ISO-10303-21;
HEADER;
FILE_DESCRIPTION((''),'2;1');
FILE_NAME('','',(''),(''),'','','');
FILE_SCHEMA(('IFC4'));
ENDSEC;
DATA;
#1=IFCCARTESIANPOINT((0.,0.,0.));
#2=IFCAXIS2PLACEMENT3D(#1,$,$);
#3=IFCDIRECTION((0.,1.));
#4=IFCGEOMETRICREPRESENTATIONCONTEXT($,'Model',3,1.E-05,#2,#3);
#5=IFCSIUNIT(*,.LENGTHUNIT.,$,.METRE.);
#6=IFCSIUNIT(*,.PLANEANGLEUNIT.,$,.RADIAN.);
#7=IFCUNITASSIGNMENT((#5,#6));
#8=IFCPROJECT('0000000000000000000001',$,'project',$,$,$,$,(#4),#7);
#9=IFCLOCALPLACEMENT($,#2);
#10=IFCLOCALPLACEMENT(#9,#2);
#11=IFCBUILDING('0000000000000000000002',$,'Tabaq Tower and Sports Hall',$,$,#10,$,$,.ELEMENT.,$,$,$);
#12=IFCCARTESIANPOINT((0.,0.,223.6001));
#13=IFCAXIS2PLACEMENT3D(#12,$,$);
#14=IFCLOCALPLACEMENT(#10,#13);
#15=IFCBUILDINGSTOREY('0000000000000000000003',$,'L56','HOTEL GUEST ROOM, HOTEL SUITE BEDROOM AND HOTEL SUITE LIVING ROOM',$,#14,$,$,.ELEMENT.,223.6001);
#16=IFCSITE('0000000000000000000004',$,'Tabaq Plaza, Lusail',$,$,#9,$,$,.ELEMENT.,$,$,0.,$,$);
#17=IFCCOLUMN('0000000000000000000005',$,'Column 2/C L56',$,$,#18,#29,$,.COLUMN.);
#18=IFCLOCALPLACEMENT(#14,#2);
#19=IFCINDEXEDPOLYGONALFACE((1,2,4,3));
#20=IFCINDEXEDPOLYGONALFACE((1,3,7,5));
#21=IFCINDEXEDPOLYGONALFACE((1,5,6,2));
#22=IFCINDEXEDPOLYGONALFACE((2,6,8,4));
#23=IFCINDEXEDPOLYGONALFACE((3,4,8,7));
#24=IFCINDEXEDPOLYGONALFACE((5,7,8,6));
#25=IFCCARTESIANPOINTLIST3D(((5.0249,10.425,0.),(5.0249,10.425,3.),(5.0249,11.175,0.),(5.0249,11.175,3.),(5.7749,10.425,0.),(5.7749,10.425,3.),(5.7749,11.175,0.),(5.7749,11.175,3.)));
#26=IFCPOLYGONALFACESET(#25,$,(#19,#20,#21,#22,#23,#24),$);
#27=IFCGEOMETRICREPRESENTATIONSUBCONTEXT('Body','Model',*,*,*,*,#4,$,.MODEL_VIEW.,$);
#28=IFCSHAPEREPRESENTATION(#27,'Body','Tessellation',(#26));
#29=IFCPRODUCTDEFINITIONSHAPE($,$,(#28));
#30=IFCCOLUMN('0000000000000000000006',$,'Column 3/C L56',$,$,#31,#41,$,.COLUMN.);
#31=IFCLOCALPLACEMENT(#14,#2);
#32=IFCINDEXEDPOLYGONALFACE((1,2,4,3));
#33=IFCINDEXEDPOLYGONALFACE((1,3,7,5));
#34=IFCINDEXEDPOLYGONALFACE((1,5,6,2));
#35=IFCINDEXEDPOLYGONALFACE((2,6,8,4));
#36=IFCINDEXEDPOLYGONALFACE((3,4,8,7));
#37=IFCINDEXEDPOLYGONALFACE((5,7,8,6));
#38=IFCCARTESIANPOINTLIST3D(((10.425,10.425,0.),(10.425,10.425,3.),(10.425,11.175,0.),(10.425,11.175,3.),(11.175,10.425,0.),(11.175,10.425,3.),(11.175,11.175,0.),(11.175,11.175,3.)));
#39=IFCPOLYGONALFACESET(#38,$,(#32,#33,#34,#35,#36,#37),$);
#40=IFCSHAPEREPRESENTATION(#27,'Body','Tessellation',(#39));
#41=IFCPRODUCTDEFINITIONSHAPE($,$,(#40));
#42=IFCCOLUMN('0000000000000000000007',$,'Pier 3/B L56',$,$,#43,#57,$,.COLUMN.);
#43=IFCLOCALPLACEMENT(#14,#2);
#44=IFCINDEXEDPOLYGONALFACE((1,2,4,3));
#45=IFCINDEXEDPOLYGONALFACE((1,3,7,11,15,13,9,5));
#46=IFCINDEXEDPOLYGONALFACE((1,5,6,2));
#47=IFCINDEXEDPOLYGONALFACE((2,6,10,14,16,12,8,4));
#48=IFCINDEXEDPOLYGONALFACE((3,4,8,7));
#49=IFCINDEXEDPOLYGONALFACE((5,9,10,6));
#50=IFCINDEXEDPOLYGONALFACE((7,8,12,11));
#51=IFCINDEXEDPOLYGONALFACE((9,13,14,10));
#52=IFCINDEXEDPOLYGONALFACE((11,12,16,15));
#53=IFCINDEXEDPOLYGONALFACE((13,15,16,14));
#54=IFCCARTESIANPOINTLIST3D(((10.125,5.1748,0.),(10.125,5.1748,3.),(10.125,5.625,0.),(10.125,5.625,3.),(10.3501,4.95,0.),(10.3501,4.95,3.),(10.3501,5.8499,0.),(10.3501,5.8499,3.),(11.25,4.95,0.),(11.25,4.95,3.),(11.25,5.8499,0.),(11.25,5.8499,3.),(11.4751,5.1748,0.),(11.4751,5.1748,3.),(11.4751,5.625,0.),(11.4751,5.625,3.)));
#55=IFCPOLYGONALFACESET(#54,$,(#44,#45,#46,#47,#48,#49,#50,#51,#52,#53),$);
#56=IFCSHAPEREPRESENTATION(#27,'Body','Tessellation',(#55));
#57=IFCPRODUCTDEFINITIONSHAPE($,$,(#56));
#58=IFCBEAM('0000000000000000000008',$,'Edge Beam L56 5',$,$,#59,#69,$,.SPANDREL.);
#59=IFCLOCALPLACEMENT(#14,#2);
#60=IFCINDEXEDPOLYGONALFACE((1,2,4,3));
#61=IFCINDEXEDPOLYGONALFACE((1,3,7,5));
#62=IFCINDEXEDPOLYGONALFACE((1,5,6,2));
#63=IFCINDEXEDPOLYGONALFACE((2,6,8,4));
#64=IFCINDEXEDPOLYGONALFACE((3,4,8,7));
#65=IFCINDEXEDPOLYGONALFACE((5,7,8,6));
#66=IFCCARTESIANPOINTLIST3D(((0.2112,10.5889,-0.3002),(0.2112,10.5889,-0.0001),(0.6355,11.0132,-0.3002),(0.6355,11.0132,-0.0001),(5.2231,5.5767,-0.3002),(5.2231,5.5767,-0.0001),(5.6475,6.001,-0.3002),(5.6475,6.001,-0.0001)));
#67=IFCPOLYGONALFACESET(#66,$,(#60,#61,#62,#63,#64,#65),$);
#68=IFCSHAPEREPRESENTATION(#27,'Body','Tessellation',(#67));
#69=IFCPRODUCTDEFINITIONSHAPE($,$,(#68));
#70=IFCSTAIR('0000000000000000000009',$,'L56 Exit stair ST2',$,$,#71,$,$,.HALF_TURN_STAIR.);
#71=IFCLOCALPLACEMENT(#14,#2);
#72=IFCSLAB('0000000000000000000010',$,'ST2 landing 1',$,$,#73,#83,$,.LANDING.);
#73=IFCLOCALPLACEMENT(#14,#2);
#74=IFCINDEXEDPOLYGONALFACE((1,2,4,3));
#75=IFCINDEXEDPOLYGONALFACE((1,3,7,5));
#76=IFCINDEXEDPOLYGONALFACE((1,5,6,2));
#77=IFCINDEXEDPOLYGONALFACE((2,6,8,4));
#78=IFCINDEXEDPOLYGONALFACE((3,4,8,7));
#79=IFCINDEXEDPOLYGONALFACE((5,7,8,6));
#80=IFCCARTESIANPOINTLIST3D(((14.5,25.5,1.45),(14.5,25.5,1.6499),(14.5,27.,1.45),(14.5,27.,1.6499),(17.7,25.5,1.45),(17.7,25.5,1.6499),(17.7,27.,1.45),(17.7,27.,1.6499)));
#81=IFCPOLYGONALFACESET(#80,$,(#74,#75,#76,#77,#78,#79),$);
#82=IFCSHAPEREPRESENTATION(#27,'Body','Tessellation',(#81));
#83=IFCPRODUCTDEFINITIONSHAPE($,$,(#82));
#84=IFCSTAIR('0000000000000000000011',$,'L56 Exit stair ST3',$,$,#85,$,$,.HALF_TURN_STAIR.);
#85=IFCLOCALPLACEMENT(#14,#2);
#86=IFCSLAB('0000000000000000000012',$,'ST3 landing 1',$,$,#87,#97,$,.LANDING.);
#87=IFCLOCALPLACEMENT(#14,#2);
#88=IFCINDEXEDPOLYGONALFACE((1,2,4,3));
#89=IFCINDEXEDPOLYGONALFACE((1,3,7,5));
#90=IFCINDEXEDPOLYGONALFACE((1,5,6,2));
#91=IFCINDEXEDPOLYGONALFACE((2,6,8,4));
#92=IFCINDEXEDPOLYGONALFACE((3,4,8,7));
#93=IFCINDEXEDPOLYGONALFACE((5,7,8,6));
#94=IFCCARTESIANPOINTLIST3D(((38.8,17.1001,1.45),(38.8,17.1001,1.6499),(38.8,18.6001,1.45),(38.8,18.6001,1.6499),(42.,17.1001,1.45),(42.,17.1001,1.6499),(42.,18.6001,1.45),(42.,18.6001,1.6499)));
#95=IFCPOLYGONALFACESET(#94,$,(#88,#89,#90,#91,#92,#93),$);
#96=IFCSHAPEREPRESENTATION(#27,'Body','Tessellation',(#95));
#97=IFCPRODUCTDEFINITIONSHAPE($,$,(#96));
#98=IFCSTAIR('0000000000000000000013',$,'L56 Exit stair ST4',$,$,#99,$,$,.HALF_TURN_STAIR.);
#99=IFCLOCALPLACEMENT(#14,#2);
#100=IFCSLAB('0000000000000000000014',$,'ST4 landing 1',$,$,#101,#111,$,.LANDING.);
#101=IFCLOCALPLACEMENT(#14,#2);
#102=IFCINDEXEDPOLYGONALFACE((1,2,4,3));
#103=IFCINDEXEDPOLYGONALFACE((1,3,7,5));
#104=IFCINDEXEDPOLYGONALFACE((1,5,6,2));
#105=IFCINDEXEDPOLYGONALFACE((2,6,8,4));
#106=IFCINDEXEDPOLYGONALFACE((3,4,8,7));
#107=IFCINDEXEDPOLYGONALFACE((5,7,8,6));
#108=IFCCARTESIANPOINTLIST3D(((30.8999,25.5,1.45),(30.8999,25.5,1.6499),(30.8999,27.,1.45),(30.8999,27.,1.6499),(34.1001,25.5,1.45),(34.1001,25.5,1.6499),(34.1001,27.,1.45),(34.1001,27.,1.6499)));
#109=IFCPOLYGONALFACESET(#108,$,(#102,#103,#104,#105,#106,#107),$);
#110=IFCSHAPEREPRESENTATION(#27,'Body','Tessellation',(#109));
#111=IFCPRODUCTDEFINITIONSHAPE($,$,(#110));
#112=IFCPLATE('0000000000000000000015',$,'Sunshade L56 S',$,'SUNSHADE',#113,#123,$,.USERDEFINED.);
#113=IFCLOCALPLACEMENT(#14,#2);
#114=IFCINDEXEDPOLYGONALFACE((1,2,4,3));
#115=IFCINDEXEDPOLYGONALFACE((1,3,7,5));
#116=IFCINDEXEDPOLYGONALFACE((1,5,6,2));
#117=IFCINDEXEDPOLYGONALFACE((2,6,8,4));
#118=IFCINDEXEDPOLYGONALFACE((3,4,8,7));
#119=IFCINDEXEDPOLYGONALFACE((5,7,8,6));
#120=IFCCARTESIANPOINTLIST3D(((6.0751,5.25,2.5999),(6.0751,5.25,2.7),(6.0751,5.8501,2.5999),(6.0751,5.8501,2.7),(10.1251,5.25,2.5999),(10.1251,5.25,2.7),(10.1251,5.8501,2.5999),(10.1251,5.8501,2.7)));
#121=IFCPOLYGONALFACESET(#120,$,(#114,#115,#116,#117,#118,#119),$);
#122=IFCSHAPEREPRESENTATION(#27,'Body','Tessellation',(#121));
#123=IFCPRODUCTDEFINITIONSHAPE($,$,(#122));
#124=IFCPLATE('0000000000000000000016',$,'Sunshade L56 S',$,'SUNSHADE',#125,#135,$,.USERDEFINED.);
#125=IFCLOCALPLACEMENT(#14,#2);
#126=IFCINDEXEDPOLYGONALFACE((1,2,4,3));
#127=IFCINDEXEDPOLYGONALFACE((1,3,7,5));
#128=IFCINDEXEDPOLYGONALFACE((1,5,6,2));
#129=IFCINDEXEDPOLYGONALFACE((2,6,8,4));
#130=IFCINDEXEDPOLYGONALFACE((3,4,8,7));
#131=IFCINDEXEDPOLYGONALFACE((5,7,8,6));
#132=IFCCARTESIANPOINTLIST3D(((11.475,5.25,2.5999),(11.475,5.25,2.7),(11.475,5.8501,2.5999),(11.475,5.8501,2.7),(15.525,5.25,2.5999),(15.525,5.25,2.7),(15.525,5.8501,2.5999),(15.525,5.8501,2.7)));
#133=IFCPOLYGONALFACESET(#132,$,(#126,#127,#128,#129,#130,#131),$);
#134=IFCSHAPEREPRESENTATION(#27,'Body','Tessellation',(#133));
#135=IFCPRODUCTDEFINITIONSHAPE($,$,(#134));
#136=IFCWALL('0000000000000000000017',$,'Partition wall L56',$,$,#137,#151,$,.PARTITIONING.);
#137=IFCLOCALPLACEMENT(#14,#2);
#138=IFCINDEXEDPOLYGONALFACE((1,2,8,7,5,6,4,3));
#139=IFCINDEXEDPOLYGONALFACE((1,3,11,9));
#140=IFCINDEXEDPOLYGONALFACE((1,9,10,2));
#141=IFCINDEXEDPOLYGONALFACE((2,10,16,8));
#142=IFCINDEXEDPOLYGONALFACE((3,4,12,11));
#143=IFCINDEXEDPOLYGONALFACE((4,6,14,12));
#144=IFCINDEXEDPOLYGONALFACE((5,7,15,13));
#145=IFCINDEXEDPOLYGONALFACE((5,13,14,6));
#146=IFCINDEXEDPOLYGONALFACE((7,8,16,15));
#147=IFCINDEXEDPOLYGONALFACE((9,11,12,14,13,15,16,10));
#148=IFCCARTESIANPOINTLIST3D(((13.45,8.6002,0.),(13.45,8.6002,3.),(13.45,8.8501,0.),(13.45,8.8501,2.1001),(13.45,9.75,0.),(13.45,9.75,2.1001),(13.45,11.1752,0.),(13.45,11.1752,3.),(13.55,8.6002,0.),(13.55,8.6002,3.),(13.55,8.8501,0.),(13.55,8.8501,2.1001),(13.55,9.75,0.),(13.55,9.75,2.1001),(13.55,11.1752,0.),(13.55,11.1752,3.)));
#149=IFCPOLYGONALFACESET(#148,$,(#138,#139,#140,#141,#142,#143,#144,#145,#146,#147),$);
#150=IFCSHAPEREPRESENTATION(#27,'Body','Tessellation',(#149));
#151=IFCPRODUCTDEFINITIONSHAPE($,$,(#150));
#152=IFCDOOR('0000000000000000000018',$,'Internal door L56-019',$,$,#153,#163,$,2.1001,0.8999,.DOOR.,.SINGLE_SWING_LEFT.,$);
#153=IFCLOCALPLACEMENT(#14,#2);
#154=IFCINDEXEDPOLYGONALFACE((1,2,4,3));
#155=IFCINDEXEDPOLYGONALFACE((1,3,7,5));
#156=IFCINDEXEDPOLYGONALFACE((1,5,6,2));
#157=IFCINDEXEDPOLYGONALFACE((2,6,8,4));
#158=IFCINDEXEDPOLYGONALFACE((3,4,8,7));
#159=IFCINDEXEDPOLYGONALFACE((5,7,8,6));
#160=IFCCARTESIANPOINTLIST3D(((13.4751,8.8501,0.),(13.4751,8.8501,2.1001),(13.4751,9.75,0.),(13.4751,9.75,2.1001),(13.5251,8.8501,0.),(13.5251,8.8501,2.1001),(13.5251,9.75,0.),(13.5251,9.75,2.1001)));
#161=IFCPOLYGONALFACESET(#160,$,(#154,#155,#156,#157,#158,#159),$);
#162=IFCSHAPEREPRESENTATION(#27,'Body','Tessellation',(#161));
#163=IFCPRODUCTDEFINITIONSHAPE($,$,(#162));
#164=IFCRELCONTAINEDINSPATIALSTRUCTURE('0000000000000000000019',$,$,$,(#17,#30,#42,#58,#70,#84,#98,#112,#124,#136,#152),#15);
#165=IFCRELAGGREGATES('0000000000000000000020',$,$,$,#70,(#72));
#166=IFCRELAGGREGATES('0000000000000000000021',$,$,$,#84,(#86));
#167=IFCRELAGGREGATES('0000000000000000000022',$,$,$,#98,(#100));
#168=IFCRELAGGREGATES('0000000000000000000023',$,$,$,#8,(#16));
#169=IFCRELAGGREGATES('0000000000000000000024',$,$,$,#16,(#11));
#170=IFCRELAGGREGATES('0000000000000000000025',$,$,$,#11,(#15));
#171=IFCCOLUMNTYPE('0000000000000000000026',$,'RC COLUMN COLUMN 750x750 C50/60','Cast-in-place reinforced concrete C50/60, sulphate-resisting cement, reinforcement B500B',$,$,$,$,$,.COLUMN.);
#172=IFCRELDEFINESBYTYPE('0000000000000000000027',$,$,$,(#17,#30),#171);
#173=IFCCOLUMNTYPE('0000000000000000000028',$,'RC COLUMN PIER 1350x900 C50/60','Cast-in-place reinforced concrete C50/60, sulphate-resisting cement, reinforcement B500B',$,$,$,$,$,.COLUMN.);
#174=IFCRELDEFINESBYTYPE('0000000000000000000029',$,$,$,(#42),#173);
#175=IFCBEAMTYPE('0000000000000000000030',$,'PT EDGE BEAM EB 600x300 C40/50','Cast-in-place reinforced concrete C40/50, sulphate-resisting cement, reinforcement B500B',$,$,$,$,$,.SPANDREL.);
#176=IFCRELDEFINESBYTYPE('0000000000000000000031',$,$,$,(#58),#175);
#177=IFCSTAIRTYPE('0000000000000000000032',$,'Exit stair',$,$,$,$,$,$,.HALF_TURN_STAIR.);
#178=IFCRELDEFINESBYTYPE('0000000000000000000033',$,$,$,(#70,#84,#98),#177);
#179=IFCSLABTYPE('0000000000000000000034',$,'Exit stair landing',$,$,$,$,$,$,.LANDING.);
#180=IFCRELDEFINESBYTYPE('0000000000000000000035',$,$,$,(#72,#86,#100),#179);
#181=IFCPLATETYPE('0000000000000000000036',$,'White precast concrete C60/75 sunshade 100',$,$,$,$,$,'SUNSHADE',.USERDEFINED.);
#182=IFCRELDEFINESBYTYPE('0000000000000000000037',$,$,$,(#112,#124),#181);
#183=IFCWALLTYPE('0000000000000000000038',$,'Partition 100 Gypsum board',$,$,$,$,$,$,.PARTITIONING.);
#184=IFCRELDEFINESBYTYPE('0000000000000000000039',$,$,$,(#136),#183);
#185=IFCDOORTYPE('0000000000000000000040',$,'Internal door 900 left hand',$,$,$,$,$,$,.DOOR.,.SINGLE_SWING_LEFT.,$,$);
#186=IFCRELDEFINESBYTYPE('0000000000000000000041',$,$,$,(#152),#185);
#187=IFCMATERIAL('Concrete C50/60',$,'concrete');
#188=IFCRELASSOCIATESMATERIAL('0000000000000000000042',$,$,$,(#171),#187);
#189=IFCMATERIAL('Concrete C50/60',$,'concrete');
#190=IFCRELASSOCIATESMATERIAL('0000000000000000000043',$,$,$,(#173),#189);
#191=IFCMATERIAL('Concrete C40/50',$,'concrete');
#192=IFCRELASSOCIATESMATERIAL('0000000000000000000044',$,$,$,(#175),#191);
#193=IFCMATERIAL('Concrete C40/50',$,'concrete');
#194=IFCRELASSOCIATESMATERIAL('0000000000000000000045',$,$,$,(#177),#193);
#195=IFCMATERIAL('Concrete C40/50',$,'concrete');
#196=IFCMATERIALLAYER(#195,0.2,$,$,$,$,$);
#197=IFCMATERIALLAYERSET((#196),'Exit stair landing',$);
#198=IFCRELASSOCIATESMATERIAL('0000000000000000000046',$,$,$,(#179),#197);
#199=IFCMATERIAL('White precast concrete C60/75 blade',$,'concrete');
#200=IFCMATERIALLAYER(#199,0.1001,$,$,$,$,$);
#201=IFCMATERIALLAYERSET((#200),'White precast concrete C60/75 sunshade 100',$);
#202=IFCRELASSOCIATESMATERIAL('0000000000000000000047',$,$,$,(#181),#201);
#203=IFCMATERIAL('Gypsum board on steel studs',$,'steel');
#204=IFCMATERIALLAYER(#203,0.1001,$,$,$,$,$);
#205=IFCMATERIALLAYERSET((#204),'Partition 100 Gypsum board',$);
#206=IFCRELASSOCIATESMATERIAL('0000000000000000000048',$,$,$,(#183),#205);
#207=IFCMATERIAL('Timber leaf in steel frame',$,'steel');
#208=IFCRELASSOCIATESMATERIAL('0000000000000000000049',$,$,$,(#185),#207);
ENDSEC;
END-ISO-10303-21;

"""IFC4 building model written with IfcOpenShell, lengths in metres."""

from ifc_helpers import new_model, si_unit, direction, frame, frame_2d, origin, origin_2d, place, context, subcontext, project, spatial, polyline, rectangle, outline, extrude, material, layer, layer_set, material_profile, profile_set, type_object, element, fill, aggregate, save


model = new_model("IFC4")

# Units and contexts
model_context = context("Model", 3, precision=1e-05, world=origin(), true_north=direction((0.0, 1.0)))
body_context = subcontext(model_context, "Body", "Model", "MODEL_VIEW")
ifc_project = project(units=[si_unit("LENGTHUNIT", "METRE"), si_unit("PLANEANGLEUNIT", "RADIAN")], contexts=[model_context])

# Site, building, storey
site_placement = place(None, origin())
site = spatial("IfcSite", under=ifc_project, at=site_placement, Name="Tabaq Plaza, Lusail", CompositionType="ELEMENT", RefElevation=0.0)
building_placement = place(site_placement, origin())
building = spatial("IfcBuilding", under=site, at=building_placement, Name="Tabaq Tower and Sports Hall", CompositionType="ELEMENT")
storey_placement = place(building_placement, frame((0.0, 0.0, 223.6001)))
storey = spatial("IfcBuildingStorey", under=building, at=storey_placement, Name="L56", Description="HOTEL GUEST ROOM, HOTEL SUITE BEDROOM AND HOTEL SUITE LIVING ROOM", CompositionType="ELEMENT", Elevation=223.6001)

# Columns
ifc_material_1 = material(Name="Concrete C50/60", Category="concrete")
ifc_material_profile_1 = material_profile(ifc_material_1, rectangle(XDim=0.75, YDim=0.75, at=origin_2d()), Name="COLUMN 750x750")
ifc_profile_set_1 = profile_set([ifc_material_profile_1], Name="Concrete C50/60")
column_type_1 = type_object("IfcColumnType", Name="RC COLUMN COLUMN 750x750 C50/60", Description="Cast-in-place reinforced concrete C50/60, sulphate-resisting cement, reinforcement B500B", PredefinedType="COLUMN", material=ifc_profile_set_1)
for number, where, z_axis, x_axis, name in (
    (1, (5.3999, 10.8, 0.0), (0.0, 0.0, 1.0), (1.0, 0.0, 0.0), "Column 2/C L56"),
    (2, (10.8, 10.8, 0.0), (0.0, 0.0, 1.0), (1.0, 0.0, 0.0), "Column 3/C L56"),
):
    element("IfcColumn", number, at=place(storey_placement, frame(where, z_axis=z_axis, x_axis=x_axis)), inside=storey, type_object=column_type_1, Name=name, PredefinedType="COLUMN", context=body_context, shape_type="SweptSolid", body=[
        extrude(rectangle(XDim=0.75, YDim=0.75, at=origin_2d()), origin(), (0.0, 0.0, 1.0), 3.0),
    ])
ifc_material_2 = material(Name="Concrete C50/60", Category="concrete")
ifc_material_profile_2 = material_profile(ifc_material_2, outline(polyline([(-0.45, -0.45), (0.45, -0.45), (0.675, -0.2251), (0.675, 0.2251), (0.45, 0.45), (-0.45, 0.45), (-0.675, 0.2251), (-0.675, -0.2251), (-0.45, -0.45)])), Name="PIER 1350x900")
ifc_profile_set_2 = profile_set([ifc_material_profile_2], Name="Concrete C50/60")
column_type_2 = type_object("IfcColumnType", Name="RC COLUMN PIER 1350x900 C50/60", Description="Cast-in-place reinforced concrete C50/60, sulphate-resisting cement, reinforcement B500B", PredefinedType="COLUMN", material=ifc_profile_set_2)
column_placement = place(storey_placement, frame((10.8, 5.3999, 0.0), z_axis=(0.0, 0.0, 1.0), x_axis=(1.0, 0.0, 0.0)))
element("IfcColumn", 3, at=column_placement, inside=storey, type_object=column_type_2, Name="Pier 3/B L56", PredefinedType="COLUMN", context=body_context, shape_type="SweptSolid", body=[
    extrude(outline(polyline([(-0.45, -0.45), (0.45, -0.45), (0.675, -0.2251), (0.675, 0.2251), (0.45, 0.45), (-0.45, 0.45), (-0.675, 0.2251), (-0.675, -0.2251), (-0.45, -0.45)])), origin(), (0.0, 0.0, 1.0), 3.0),
])

# Beam
ifc_material_3 = material(Name="Concrete C40/50", Category="concrete")
ifc_material_profile_3 = material_profile(ifc_material_3, rectangle(XDim=0.6001, YDim=0.3, at=origin_2d()), Name="EB 600x300")
ifc_profile_set_3 = profile_set([ifc_material_profile_3], Name="Concrete C40/50")
beam_type = type_object("IfcBeamType", Name="PT EDGE BEAM EB 600x300 C40/50", Description="Cast-in-place reinforced concrete C40/50, sulphate-resisting cement, reinforcement B500B", PredefinedType="SPANDREL", material=ifc_profile_set_3)
beam_placement = place(storey_placement, frame((0.4233, 10.801, -0.1501), z_axis=(0.70709, -0.707124, 0.0), x_axis=(0.707124, 0.70709, 0.0)))
element("IfcBeam", 4, at=beam_placement, inside=storey, type_object=beam_type, Name="Edge Beam L56 5", PredefinedType="SPANDREL", context=body_context, shape_type="SweptSolid", body=[
    extrude(rectangle(XDim=0.6001, YDim=0.3, at=origin_2d()), origin(), (0.0, 0.0, 1.0), 7.0881),
])

# Stairs, slabs
ifc_material_4 = material(Name="Concrete C40/50", Category="concrete")
stair_type = type_object("IfcStairType", Name="Exit stair", PredefinedType="HALF_TURN_STAIR", material=ifc_material_4)
stair_1_placement = place(storey_placement, origin())
stair_1 = element("IfcStair", 5, at=stair_1_placement, inside=storey, type_object=stair_type, Name="L56 Exit stair ST2", PredefinedType="HALF_TURN_STAIR")
ifc_material_5 = material(Name="Concrete C40/50", Category="concrete")
ifc_layer_1 = layer(ifc_material_5, 0.2)
ifc_layer_set_1 = layer_set([ifc_layer_1], Name="Exit stair landing")
slab_type = type_object("IfcSlabType", Name="Exit stair landing", PredefinedType="LANDING", material=ifc_layer_set_1)
slab_1_placement = place(storey_placement, frame((0.0, 0.0, 1.45)))
slab_1 = element("IfcSlab", 6, at=slab_1_placement, type_object=slab_type, Name="ST2 landing 1", PredefinedType="LANDING", context=body_context, shape_type="SweptSolid", body=[
    extrude(outline(polyline([(14.5, 27.0), (14.5, 25.5), (17.7, 25.5), (17.7, 27.0), (14.5, 27.0)])), origin(), (0.0, 0.0, 1.0), 0.2),
])
aggregate(stair_1, [slab_1])
stair_2_placement = place(storey_placement, origin())
stair_2 = element("IfcStair", 7, at=stair_2_placement, inside=storey, type_object=stair_type, Name="L56 Exit stair ST3", PredefinedType="HALF_TURN_STAIR")
slab_2_placement = place(storey_placement, frame((0.0, 0.0, 1.45)))
slab_2 = element("IfcSlab", 8, at=slab_2_placement, type_object=slab_type, Name="ST3 landing 1", PredefinedType="LANDING", context=body_context, shape_type="SweptSolid", body=[
    extrude(outline(polyline([(38.8, 18.6001), (38.8, 17.1001), (42.0, 17.1001), (42.0, 18.6001), (38.8, 18.6001)])), origin(), (0.0, 0.0, 1.0), 0.2),
])
aggregate(stair_2, [slab_2])
stair_3_placement = place(storey_placement, origin())
stair_3 = element("IfcStair", 9, at=stair_3_placement, inside=storey, type_object=stair_type, Name="L56 Exit stair ST4", PredefinedType="HALF_TURN_STAIR")
slab_3_placement = place(storey_placement, frame((0.0, 0.0, 1.45)))
slab_3 = element("IfcSlab", 10, at=slab_3_placement, type_object=slab_type, Name="ST4 landing 1", PredefinedType="LANDING", context=body_context, shape_type="SweptSolid", body=[
    extrude(outline(polyline([(30.8999, 27.0), (30.8999, 25.5), (34.1001, 25.5), (34.1001, 27.0), (30.8999, 27.0)])), origin(), (0.0, 0.0, 1.0), 0.2),
])
aggregate(stair_3, [slab_3])

# Plates
ifc_material_6 = material(Name="White precast concrete C60/75 blade", Category="concrete")
ifc_layer_2 = layer(ifc_material_6, 0.1001)
ifc_layer_set_2 = layer_set([ifc_layer_2], Name="White precast concrete C60/75 sunshade 100")
plate_type = type_object("IfcPlateType", Name="White precast concrete C60/75 sunshade 100", ElementType="SUNSHADE", PredefinedType="USERDEFINED", material=ifc_layer_set_2)
for number, where, z_axis, x_axis, name in (
    (11, (8.1001, 5.55, 2.5999), (0.0, 0.0, 1.0), (1.0, 0.0, 0.0), "Sunshade L56 S"),
    (12, (13.5, 5.55, 2.5999), (0.0, 0.0, 1.0), (1.0, 0.0, 0.0), "Sunshade L56 S"),
):
    element("IfcPlate", number, at=place(storey_placement, frame(where, z_axis=z_axis, x_axis=x_axis)), inside=storey, type_object=plate_type, Name=name, ObjectType="SUNSHADE", PredefinedType="USERDEFINED", context=body_context, shape_type="SweptSolid", body=[
        extrude(rectangle(XDim=4.05, YDim=0.6001, at=origin_2d()), origin(), (0.0, 0.0, 1.0), 0.1001),
    ])

# Wall, opening, door
ifc_material_7 = material(Name="Gypsum board on steel studs", Category="steel")
ifc_layer_3 = layer(ifc_material_7, 0.1001)
ifc_layer_set_3 = layer_set([ifc_layer_3], Name="Partition 100 Gypsum board")
wall_type_1 = type_object("IfcWallType", Name="Partition 100 Gypsum board", PredefinedType="PARTITIONING", material=ifc_layer_set_3)
wall_1_placement = place(storey_placement, frame((13.5, 8.6001, 0.0), z_axis=(0.0, 0.0, 1.0), x_axis=(0.0, 1.0, 0.0)))
wall_1 = element("IfcWall", 13, at=wall_1_placement, inside=storey, type_object=wall_type_1, Name="Partition wall L56", PredefinedType="PARTITIONING", context=body_context, shape_type="SweptSolid", body=[
    extrude(rectangle(XDim=2.575, YDim=0.1001, at=frame_2d((1.2876, 0.0))), origin(), (0.0, 0.0, 1.0), 3.0),
])
opening_1_placement = place(wall_1_placement, frame((0.25, 0.0, 0.0)))
opening_1 = element("IfcOpeningElement", 14, at=opening_1_placement, cuts=wall_1, PredefinedType="OPENING", context=body_context, shape_type="SweptSolid", body=[
    extrude(rectangle(XDim=0.8999, YDim=2.1001, at=frame_2d((0.45, 1.05))), frame((0.0, 0.05, 0.0), z_axis=(0.0, -1.0, 0.0), x_axis=(1.0, 0.0, 0.0)), (0.0, 0.0, 1.0), 0.1001),
])
ifc_material_8 = material(Name="Timber leaf in steel frame", Category="steel")
door_type_1 = type_object("IfcDoorType", Name="Internal door 900 left hand", OperationType="SINGLE_SWING_LEFT", PredefinedType="DOOR", material=ifc_material_8)
door_1_placement = place(opening_1_placement, origin())
door_1 = element("IfcDoor", 15, at=door_1_placement, inside=storey, type_object=door_type_1, Name="Internal door L56-019", OperationType="SINGLE_SWING_LEFT", OverallHeight=2.1001, OverallWidth=0.8999, PredefinedType="DOOR", context=body_context, shape_type="SweptSolid", body=[
    extrude(rectangle(XDim=0.8999, YDim=2.1001, at=frame_2d((0.45, 1.05))), frame((0.0, 0.0249, 0.0), z_axis=(0.0, -1.0, 0.0), x_axis=(1.0, 0.0, 0.0)), (0.0, 0.0, 1.0), 0.05),
])
fill(opening_1, door_1)

save(model, "model.ifc")
